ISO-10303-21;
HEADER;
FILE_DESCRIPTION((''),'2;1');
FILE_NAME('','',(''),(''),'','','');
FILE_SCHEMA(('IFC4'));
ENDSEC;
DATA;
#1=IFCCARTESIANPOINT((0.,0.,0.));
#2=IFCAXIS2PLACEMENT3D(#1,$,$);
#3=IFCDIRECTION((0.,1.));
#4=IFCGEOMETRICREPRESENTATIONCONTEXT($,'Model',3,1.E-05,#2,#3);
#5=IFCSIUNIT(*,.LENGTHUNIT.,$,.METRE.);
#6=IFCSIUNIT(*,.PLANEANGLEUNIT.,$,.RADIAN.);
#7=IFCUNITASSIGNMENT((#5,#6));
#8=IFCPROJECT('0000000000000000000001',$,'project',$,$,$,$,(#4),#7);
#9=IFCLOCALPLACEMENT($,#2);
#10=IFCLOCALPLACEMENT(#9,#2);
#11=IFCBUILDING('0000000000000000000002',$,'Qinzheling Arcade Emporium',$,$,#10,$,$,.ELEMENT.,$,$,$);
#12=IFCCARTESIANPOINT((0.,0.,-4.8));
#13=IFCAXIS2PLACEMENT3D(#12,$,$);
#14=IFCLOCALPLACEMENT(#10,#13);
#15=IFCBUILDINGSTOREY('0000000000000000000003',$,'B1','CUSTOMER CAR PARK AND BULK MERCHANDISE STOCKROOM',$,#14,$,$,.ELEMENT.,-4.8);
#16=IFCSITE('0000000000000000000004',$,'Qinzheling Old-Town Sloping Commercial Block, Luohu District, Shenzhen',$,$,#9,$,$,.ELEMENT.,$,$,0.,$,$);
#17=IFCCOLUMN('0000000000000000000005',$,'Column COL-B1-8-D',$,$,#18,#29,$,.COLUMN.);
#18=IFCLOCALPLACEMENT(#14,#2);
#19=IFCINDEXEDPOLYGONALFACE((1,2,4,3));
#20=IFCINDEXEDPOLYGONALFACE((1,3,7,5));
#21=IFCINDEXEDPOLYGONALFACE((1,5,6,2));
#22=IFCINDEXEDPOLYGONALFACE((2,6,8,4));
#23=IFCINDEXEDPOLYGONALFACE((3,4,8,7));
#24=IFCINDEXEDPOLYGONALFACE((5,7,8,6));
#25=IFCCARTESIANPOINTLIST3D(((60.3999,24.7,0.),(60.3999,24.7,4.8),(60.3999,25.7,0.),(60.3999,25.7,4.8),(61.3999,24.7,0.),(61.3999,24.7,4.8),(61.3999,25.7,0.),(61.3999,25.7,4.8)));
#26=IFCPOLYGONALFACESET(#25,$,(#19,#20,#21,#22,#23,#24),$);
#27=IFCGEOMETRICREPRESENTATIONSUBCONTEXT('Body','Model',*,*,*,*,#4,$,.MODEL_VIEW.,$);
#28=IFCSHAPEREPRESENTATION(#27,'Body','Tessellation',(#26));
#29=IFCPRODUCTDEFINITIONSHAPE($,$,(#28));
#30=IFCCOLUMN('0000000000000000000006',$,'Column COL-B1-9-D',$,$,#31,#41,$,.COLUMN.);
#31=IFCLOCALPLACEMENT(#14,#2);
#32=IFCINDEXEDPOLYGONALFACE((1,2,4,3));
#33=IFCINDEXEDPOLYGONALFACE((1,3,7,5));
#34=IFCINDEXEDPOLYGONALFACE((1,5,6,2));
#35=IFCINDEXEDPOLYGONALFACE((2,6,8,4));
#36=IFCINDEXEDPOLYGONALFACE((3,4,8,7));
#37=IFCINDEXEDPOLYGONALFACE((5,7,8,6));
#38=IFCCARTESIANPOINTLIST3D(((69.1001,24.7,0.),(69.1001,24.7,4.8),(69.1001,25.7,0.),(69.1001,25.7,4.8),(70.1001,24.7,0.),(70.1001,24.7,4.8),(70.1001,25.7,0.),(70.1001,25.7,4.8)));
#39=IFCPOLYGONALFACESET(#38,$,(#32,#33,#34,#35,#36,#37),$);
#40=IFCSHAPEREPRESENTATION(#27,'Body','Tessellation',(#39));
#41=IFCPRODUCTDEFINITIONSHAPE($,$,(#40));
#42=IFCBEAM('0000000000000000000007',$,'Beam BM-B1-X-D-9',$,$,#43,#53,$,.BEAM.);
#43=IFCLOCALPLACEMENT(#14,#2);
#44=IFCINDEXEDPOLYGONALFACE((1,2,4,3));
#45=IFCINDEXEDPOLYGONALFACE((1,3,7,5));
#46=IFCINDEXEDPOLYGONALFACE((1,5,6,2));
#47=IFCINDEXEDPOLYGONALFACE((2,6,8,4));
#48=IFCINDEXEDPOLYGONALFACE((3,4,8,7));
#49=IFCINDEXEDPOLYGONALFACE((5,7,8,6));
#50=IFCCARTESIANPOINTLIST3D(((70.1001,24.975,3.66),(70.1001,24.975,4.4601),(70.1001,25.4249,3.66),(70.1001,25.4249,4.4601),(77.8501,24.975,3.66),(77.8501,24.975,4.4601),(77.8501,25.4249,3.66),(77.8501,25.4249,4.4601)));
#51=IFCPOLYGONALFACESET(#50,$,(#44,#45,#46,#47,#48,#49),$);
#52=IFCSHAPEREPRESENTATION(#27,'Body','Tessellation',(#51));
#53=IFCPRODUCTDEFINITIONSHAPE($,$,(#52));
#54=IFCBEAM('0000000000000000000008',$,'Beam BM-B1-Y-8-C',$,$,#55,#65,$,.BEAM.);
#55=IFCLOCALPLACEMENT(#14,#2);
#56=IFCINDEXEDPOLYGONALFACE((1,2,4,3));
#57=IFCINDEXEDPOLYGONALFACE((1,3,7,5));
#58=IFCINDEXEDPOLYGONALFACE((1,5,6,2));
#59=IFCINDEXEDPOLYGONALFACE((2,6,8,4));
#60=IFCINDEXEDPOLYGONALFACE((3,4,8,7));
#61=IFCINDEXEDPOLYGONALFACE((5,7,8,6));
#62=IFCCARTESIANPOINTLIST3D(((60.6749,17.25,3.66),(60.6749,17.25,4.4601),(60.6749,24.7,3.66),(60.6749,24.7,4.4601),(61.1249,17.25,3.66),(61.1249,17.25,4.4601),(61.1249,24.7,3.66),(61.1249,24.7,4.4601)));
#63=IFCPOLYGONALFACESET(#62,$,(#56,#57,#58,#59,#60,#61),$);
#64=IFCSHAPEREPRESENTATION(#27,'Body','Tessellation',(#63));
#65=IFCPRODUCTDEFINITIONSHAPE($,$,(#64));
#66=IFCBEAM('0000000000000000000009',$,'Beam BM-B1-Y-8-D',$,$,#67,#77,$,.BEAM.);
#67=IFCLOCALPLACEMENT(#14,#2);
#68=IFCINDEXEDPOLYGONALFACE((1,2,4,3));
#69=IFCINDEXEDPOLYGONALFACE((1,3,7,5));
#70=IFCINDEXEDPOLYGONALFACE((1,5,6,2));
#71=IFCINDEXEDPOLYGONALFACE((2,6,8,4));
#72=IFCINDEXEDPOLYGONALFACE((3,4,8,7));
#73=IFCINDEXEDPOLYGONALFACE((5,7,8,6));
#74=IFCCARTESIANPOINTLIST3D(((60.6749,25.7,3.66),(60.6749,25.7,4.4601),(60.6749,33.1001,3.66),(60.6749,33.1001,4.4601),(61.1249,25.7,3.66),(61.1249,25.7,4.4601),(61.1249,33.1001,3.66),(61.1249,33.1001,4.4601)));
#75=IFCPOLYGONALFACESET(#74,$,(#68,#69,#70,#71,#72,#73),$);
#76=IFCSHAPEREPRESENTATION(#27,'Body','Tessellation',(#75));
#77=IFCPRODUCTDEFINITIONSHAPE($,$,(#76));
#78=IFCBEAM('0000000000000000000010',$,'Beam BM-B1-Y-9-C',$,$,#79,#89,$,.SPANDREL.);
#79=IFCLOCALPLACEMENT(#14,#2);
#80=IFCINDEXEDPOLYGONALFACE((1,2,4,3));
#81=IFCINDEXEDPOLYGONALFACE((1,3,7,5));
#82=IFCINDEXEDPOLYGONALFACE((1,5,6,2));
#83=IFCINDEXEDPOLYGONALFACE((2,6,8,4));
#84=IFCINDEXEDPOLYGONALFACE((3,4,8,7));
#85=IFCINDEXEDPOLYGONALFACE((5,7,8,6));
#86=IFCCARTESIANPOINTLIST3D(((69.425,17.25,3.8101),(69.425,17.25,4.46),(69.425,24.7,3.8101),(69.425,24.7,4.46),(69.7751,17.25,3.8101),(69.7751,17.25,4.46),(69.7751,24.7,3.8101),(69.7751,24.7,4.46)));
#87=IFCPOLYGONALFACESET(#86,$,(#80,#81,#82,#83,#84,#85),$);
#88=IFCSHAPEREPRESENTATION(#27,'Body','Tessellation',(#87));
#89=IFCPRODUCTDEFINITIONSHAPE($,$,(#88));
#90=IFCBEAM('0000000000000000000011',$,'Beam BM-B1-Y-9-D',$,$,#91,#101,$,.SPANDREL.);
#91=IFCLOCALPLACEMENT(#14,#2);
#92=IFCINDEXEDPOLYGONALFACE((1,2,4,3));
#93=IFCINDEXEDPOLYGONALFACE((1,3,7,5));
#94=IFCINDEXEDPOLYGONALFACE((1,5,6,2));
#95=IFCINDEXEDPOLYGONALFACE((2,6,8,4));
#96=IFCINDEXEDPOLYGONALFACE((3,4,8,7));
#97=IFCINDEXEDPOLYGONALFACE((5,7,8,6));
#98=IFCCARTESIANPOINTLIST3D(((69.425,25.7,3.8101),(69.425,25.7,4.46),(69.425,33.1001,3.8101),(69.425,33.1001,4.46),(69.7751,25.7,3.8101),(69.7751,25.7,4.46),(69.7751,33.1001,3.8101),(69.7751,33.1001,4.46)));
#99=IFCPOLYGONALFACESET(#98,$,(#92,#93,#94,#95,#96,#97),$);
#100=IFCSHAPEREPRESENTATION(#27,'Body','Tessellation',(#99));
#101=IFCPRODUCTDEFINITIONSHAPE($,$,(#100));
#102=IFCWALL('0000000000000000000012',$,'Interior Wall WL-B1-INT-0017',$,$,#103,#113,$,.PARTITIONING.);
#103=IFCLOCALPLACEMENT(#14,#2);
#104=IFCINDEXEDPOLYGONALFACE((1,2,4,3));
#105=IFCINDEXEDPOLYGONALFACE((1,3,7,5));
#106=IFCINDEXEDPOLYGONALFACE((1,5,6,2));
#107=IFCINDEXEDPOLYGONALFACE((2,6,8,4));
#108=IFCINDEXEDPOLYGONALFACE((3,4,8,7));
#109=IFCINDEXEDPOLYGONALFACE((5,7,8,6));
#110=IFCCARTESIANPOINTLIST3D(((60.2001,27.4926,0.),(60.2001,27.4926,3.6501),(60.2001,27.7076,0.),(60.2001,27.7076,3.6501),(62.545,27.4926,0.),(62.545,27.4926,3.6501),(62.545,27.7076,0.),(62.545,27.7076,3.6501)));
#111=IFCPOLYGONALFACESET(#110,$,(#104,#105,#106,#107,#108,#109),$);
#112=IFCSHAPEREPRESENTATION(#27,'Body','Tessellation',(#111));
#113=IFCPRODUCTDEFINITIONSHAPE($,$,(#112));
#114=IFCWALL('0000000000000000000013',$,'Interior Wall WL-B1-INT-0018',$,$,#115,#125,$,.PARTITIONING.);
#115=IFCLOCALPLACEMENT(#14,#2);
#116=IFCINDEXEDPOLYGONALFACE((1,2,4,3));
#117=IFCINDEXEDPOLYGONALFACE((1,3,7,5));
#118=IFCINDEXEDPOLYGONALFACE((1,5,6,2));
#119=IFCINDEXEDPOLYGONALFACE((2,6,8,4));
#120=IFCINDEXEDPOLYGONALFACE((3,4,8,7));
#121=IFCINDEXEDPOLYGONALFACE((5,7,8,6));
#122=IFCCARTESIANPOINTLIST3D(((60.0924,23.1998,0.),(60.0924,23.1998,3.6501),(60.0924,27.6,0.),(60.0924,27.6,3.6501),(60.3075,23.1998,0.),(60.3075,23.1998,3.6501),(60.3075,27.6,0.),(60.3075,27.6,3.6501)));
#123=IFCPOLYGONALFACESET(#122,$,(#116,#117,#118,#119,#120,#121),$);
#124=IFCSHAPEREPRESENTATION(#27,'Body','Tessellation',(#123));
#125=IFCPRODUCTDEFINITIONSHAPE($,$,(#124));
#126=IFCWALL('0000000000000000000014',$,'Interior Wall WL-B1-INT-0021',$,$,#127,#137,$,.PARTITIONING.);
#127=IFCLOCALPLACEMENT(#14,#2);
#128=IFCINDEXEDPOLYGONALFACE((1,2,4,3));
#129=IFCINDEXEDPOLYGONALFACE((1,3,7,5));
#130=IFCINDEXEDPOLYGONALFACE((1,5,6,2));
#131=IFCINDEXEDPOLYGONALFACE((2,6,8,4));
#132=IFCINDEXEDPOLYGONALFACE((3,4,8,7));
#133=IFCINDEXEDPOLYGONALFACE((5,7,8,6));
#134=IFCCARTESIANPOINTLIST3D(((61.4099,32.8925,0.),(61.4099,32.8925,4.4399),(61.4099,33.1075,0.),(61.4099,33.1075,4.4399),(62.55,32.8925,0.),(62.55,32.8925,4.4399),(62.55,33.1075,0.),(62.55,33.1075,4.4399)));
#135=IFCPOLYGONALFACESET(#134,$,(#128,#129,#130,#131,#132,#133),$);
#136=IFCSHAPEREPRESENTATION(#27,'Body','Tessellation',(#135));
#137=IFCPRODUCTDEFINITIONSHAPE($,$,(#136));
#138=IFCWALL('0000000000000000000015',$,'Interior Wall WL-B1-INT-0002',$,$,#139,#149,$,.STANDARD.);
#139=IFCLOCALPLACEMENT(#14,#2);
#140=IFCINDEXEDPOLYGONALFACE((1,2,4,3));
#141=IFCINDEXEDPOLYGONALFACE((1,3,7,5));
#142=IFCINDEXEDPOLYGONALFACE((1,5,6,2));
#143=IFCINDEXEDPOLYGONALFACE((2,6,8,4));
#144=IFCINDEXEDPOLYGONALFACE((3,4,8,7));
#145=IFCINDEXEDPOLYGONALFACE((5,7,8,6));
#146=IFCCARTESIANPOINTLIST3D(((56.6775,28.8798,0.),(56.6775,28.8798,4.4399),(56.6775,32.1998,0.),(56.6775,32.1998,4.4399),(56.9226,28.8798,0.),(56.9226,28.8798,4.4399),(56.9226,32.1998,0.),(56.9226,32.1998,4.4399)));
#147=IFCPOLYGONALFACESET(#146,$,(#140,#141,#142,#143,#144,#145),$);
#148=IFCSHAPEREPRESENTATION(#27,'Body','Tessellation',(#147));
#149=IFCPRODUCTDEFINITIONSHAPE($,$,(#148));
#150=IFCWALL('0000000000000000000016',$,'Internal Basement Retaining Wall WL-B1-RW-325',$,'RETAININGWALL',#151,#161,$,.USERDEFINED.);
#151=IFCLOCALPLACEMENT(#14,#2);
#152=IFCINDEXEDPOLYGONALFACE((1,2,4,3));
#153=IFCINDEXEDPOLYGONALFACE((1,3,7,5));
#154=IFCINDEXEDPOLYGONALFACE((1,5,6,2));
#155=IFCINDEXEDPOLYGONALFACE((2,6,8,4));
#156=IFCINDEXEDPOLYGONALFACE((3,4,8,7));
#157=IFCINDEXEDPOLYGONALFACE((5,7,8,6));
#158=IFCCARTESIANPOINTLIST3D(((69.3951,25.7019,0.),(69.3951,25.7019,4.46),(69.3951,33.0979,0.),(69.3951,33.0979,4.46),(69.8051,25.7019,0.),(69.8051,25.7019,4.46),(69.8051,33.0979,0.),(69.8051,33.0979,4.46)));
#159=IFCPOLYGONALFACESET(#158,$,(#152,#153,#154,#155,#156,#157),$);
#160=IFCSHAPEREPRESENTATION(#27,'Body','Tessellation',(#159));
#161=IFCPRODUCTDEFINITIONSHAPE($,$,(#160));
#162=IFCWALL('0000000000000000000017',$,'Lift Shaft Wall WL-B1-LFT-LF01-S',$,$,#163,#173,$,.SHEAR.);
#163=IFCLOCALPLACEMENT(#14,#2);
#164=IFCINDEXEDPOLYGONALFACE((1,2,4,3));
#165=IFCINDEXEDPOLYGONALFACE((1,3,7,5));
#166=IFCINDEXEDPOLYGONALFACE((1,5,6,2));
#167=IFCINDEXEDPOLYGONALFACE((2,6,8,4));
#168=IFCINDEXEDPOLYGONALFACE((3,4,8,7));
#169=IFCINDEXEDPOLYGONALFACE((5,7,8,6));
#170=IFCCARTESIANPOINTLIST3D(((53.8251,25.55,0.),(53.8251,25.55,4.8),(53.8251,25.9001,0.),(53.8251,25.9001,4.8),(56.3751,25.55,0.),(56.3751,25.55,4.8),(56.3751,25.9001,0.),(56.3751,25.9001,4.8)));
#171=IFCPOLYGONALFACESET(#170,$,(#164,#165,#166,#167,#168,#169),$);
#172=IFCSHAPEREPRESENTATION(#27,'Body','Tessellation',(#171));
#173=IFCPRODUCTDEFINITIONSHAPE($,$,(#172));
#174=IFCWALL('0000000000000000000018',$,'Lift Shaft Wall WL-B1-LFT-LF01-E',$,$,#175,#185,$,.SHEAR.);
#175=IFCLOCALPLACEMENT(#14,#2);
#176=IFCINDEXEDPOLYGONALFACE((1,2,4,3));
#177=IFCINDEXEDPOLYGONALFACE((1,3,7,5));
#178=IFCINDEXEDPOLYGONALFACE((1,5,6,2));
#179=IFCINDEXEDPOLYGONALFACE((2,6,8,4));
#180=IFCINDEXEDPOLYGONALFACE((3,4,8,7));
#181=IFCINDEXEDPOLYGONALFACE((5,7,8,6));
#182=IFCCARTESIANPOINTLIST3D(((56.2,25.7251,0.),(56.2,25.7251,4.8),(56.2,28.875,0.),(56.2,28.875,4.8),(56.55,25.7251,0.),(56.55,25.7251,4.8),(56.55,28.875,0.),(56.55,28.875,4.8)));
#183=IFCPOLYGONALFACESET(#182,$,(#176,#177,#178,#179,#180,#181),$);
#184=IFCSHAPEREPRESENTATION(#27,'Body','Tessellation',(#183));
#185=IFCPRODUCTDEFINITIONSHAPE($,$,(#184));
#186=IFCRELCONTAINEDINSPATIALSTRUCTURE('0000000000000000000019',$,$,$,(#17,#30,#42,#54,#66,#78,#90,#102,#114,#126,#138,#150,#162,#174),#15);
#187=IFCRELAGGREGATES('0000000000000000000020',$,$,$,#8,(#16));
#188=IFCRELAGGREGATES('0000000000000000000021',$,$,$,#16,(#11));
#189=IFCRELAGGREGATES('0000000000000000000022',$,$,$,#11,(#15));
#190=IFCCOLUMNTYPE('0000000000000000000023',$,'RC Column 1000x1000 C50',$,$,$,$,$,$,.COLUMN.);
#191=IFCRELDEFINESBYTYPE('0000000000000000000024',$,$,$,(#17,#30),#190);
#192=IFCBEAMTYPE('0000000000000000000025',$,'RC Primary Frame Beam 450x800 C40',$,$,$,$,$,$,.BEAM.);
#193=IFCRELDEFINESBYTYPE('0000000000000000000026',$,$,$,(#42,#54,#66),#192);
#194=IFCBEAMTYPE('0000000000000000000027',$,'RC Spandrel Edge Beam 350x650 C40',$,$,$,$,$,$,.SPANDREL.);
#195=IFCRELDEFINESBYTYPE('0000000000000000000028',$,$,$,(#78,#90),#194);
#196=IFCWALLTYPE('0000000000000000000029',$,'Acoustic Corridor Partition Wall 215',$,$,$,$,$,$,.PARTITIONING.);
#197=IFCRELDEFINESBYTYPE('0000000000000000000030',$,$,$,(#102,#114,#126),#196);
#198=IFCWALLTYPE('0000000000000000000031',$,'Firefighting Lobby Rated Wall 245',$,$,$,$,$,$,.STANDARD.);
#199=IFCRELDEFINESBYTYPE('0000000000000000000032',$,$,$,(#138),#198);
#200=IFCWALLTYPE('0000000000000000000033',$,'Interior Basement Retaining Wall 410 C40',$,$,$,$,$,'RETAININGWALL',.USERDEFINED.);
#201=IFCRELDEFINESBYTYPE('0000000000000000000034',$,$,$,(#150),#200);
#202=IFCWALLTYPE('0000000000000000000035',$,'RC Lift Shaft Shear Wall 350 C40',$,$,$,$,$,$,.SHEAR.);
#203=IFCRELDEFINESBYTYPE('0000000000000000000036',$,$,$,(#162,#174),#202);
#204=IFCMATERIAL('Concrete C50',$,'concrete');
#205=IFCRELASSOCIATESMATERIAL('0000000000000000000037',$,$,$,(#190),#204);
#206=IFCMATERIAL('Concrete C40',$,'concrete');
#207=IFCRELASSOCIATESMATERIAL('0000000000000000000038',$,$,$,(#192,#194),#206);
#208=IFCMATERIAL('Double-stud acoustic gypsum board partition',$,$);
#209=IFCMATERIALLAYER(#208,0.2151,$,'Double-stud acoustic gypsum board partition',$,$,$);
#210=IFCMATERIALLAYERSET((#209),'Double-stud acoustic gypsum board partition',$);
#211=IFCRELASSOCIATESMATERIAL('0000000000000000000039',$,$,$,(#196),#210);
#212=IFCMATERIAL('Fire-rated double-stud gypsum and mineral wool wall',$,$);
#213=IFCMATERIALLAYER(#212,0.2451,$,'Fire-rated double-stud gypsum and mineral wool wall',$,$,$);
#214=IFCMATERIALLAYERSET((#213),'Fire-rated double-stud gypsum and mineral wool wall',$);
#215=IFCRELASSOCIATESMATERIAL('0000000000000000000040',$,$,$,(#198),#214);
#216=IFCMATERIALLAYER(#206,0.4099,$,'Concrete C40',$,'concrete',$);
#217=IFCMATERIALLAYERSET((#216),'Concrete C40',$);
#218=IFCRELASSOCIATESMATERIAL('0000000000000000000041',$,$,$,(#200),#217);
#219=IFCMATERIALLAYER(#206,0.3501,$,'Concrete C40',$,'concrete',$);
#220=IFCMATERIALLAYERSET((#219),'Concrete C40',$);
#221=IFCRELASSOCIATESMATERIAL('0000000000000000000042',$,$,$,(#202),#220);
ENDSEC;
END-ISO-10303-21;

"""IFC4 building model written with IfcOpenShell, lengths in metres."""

from ifc_helpers import new_model, si_unit, direction, frame, frame_2d, origin, origin_2d, place, context, subcontext, project, spatial, rectangle, extrude, material, layer, layer_set, material_profile, profile_set, type_object, element, save


model = new_model("IFC4")

# Units and contexts
model_context = context("Model", 3, precision=1e-05, world=origin(), true_north=direction((0.0, 1.0)))
body_context = subcontext(model_context, "Body", "Model", "MODEL_VIEW")
ifc_project = project(units=[si_unit("LENGTHUNIT", "METRE"), si_unit("PLANEANGLEUNIT", "RADIAN")], contexts=[model_context])

# Site, building, storey
site_placement = place(None, origin())
site = spatial("IfcSite", under=ifc_project, at=site_placement, Name="Qinzheling Old-Town Sloping Commercial Block, Luohu District, Shenzhen", CompositionType="ELEMENT", RefElevation=0.0)
building_placement = place(site_placement, origin())
building = spatial("IfcBuilding", under=site, at=building_placement, Name="Qinzheling Arcade Emporium", CompositionType="ELEMENT")
storey_placement = place(building_placement, frame((0.0, 0.0, -4.8)))
storey = spatial("IfcBuildingStorey", under=building, at=storey_placement, Name="B1", Description="CUSTOMER CAR PARK AND BULK MERCHANDISE STOCKROOM", CompositionType="ELEMENT", Elevation=-4.8)

# Columns
ifc_material_1 = material(Name="Concrete C50", Category="concrete")
ifc_material_profile_1 = material_profile(ifc_material_1, rectangle(XDim=1.0, YDim=1.0, at=origin_2d()), Name="RC 1000x1000", Category="concrete")
ifc_profile_set_1 = profile_set([ifc_material_profile_1], Name="Concrete C50")
column_type = type_object("IfcColumnType", Name="RC Column 1000x1000 C50", PredefinedType="COLUMN", material=ifc_profile_set_1)
for number, where, z_axis, x_axis, name in (
    (1, (60.8999, 25.2, 0.0), (0.0, 0.0, 1.0), (1.0, 0.0, 0.0), "Column COL-B1-8-D"),
    (2, (69.6001, 25.2, 0.0), (0.0, 0.0, 1.0), (1.0, 0.0, 0.0), "Column COL-B1-9-D"),
):
    element("IfcColumn", number, at=place(storey_placement, frame(where, z_axis=z_axis, x_axis=x_axis)), inside=storey, type_object=column_type, Name=name, PredefinedType="COLUMN", context=body_context, shape_type="SweptSolid", body=[
        extrude(rectangle(XDim=1.0, YDim=1.0, at=origin_2d()), origin(), (0.0, 0.0, 1.0), 4.8),
    ])

# Beams
ifc_material_2 = material(Name="Concrete C40", Category="concrete")
ifc_material_profile_2 = material_profile(ifc_material_2, rectangle(XDim=0.45, YDim=0.8, at=origin_2d()), Name="RC 450x800", Category="concrete")
ifc_profile_set_2 = profile_set([ifc_material_profile_2], Name="Concrete C40")
beam_type_1 = type_object("IfcBeamType", Name="RC Primary Frame Beam 450x800 C40", PredefinedType="BEAM", material=ifc_profile_set_2)
beam_1_placement = place(storey_placement, frame((70.1001, 25.2, 4.0601), z_axis=(1.0, 0.0, 0.0), x_axis=(0.0, 1.0, 0.0)))
element("IfcBeam", 3, at=beam_1_placement, inside=storey, type_object=beam_type_1, Name="Beam BM-B1-X-D-9", PredefinedType="BEAM", context=body_context, shape_type="SweptSolid", body=[
    extrude(rectangle(XDim=0.45, YDim=0.8, at=origin_2d()), origin(), (0.0, 0.0, 1.0), 7.75),
])
beam_2_placement = place(storey_placement, frame((60.8999, 17.25, 4.0601), z_axis=(0.0, 1.0, 0.0), x_axis=(-1.0, 0.0, 0.0)))
element("IfcBeam", 4, at=beam_2_placement, inside=storey, type_object=beam_type_1, Name="Beam BM-B1-Y-8-C", PredefinedType="BEAM", context=body_context, shape_type="SweptSolid", body=[
    extrude(rectangle(XDim=0.45, YDim=0.8, at=origin_2d()), origin(), (0.0, 0.0, 1.0), 7.45),
])
beam_3_placement = place(storey_placement, frame((60.8999, 25.7, 4.0601), z_axis=(0.0, 1.0, 0.0), x_axis=(-1.0, 0.0, 0.0)))
element("IfcBeam", 5, at=beam_3_placement, inside=storey, type_object=beam_type_1, Name="Beam BM-B1-Y-8-D", PredefinedType="BEAM", context=body_context, shape_type="SweptSolid", body=[
    extrude(rectangle(XDim=0.45, YDim=0.8, at=origin_2d()), origin(), (0.0, 0.0, 1.0), 7.4001),
])
ifc_material_profile_3 = material_profile(ifc_material_2, rectangle(XDim=0.3501, YDim=0.6499, at=origin_2d()), Name="RC 350x650", Category="concrete")
ifc_profile_set_3 = profile_set([ifc_material_profile_3], Name="Concrete C40")
beam_type_2 = type_object("IfcBeamType", Name="RC Spandrel Edge Beam 350x650 C40", PredefinedType="SPANDREL", material=ifc_profile_set_3)
beam_4_placement = place(storey_placement, frame((69.6001, 17.25, 4.135), z_axis=(0.0, 1.0, 0.0), x_axis=(-1.0, 0.0, 0.0)))
element("IfcBeam", 6, at=beam_4_placement, inside=storey, type_object=beam_type_2, Name="Beam BM-B1-Y-9-C", PredefinedType="SPANDREL", context=body_context, shape_type="SweptSolid", body=[
    extrude(rectangle(XDim=0.3501, YDim=0.6499, at=origin_2d()), origin(), (0.0, 0.0, 1.0), 7.45),
])
beam_5_placement = place(storey_placement, frame((69.6001, 25.7, 4.135), z_axis=(0.0, 1.0, 0.0), x_axis=(-1.0, 0.0, 0.0)))
element("IfcBeam", 7, at=beam_5_placement, inside=storey, type_object=beam_type_2, Name="Beam BM-B1-Y-9-D", PredefinedType="SPANDREL", context=body_context, shape_type="SweptSolid", body=[
    extrude(rectangle(XDim=0.3501, YDim=0.6499, at=origin_2d()), origin(), (0.0, 0.0, 1.0), 7.4001),
])

# Walls
ifc_material_3 = material(Name="Double-stud acoustic gypsum board partition")
ifc_layer_1 = layer(ifc_material_3, 0.2151, Name="Double-stud acoustic gypsum board partition")
ifc_layer_set_1 = layer_set([ifc_layer_1], Name="Double-stud acoustic gypsum board partition")
wall_type_1 = type_object("IfcWallType", Name="Acoustic Corridor Partition Wall 215", PredefinedType="PARTITIONING", material=ifc_layer_set_1)
wall_1_placement = place(storey_placement, frame((62.5449, 27.6001, 0.0), z_axis=(0.0, 0.0, 1.0), x_axis=(-1.0, 0.0, 0.0)))
element("IfcWall", 8, at=wall_1_placement, inside=storey, type_object=wall_type_1, Name="Interior Wall WL-B1-INT-0017", PredefinedType="PARTITIONING", context=body_context, shape_type="SweptSolid", body=[
    extrude(rectangle(XDim=2.345, YDim=0.2151, at=frame_2d((1.1724, 0.0))), origin(), (0.0, 0.0, 1.0), 3.6501),
])
wall_2_placement = place(storey_placement, frame((60.2, 27.6001, 0.0), z_axis=(0.0, 0.0, 1.0), x_axis=(0.0, -1.0, 0.0)))
element("IfcWall", 9, at=wall_2_placement, inside=storey, type_object=wall_type_1, Name="Interior Wall WL-B1-INT-0018", PredefinedType="PARTITIONING", context=body_context, shape_type="SweptSolid", body=[
    extrude(rectangle(XDim=4.4001, YDim=0.2151, at=frame_2d((2.2002, 0.0))), origin(), (0.0, 0.0, 1.0), 3.6501),
])
wall_3_placement = place(storey_placement, frame((61.4099, 33.0, 0.0), z_axis=(0.0, 0.0, 1.0), x_axis=(1.0, 0.0, 0.0)))
element("IfcWall", 10, at=wall_3_placement, inside=storey, type_object=wall_type_1, Name="Interior Wall WL-B1-INT-0021", PredefinedType="PARTITIONING", context=body_context, shape_type="SweptSolid", body=[
    extrude(rectangle(XDim=1.1401, YDim=0.2151, at=frame_2d((0.5701, 0.0))), origin(), (0.0, 0.0, 1.0), 4.4399),
])
ifc_material_4 = material(Name="Fire-rated double-stud gypsum and mineral wool wall")
ifc_layer_2 = layer(ifc_material_4, 0.2451, Name="Fire-rated double-stud gypsum and mineral wool wall")
ifc_layer_set_2 = layer_set([ifc_layer_2], Name="Fire-rated double-stud gypsum and mineral wool wall")
wall_type_2 = type_object("IfcWallType", Name="Firefighting Lobby Rated Wall 245", PredefinedType="STANDARD", material=ifc_layer_set_2)
wall_4_placement = place(storey_placement, frame((56.8, 32.2, 0.0), z_axis=(0.0, 0.0, 1.0), x_axis=(0.0, -1.0, 0.0)))
element("IfcWall", 11, at=wall_4_placement, inside=storey, type_object=wall_type_2, Name="Interior Wall WL-B1-INT-0002", PredefinedType="STANDARD", context=body_context, shape_type="SweptSolid", body=[
    extrude(rectangle(XDim=3.3201, YDim=0.2451, at=frame_2d((1.6602, 0.0))), origin(), (0.0, 0.0, 1.0), 4.4399),
])
ifc_layer_3 = layer(ifc_material_2, 0.4099, Name="Concrete C40", Category="concrete")
ifc_layer_set_3 = layer_set([ifc_layer_3], Name="Concrete C40")
wall_type_3 = type_object("IfcWallType", Name="Interior Basement Retaining Wall 410 C40", ElementType="RETAININGWALL", PredefinedType="USERDEFINED", material=ifc_layer_set_3)
wall_5_placement = place(storey_placement, frame((69.6001, 33.0979, 0.0), z_axis=(0.0, 0.0, 1.0), x_axis=(0.0, -1.0, 0.0)))
element("IfcWall", 12, at=wall_5_placement, inside=storey, type_object=wall_type_3, Name="Internal Basement Retaining Wall WL-B1-RW-325", ObjectType="RETAININGWALL", PredefinedType="USERDEFINED", context=body_context, shape_type="SweptSolid", body=[
    extrude(rectangle(XDim=7.396, YDim=0.4099, at=frame_2d((3.698, 0.0))), origin(), (0.0, 0.0, 1.0), 4.46),
])
ifc_layer_4 = layer(ifc_material_2, 0.3501, Name="Concrete C40", Category="concrete")
ifc_layer_set_4 = layer_set([ifc_layer_4], Name="Concrete C40")
wall_type_4 = type_object("IfcWallType", Name="RC Lift Shaft Shear Wall 350 C40", PredefinedType="SHEAR", material=ifc_layer_set_4)
wall_6_placement = place(storey_placement, frame((56.375, 25.7251, 0.0), z_axis=(0.0, 0.0, 1.0), x_axis=(-1.0, 0.0, 0.0)))
element("IfcWall", 13, at=wall_6_placement, inside=storey, type_object=wall_type_4, Name="Lift Shaft Wall WL-B1-LFT-LF01-S", PredefinedType="SHEAR", context=body_context, shape_type="SweptSolid", body=[
    extrude(rectangle(XDim=2.55, YDim=0.3501, at=frame_2d((1.2749, 0.0))), origin(), (0.0, 0.0, 1.0), 4.8),
])
wall_7_placement = place(storey_placement, frame((56.375, 28.875, 0.0), z_axis=(0.0, 0.0, 1.0), x_axis=(0.0, -1.0, 0.0)))
element("IfcWall", 14, at=wall_7_placement, inside=storey, type_object=wall_type_4, Name="Lift Shaft Wall WL-B1-LFT-LF01-E", PredefinedType="SHEAR", context=body_context, shape_type="SweptSolid", body=[
    extrude(rectangle(XDim=3.1499, YDim=0.3501, at=frame_2d((1.575, 0.0))), origin(), (0.0, 0.0, 1.0), 4.8),
])

save(model, "model.ifc")
